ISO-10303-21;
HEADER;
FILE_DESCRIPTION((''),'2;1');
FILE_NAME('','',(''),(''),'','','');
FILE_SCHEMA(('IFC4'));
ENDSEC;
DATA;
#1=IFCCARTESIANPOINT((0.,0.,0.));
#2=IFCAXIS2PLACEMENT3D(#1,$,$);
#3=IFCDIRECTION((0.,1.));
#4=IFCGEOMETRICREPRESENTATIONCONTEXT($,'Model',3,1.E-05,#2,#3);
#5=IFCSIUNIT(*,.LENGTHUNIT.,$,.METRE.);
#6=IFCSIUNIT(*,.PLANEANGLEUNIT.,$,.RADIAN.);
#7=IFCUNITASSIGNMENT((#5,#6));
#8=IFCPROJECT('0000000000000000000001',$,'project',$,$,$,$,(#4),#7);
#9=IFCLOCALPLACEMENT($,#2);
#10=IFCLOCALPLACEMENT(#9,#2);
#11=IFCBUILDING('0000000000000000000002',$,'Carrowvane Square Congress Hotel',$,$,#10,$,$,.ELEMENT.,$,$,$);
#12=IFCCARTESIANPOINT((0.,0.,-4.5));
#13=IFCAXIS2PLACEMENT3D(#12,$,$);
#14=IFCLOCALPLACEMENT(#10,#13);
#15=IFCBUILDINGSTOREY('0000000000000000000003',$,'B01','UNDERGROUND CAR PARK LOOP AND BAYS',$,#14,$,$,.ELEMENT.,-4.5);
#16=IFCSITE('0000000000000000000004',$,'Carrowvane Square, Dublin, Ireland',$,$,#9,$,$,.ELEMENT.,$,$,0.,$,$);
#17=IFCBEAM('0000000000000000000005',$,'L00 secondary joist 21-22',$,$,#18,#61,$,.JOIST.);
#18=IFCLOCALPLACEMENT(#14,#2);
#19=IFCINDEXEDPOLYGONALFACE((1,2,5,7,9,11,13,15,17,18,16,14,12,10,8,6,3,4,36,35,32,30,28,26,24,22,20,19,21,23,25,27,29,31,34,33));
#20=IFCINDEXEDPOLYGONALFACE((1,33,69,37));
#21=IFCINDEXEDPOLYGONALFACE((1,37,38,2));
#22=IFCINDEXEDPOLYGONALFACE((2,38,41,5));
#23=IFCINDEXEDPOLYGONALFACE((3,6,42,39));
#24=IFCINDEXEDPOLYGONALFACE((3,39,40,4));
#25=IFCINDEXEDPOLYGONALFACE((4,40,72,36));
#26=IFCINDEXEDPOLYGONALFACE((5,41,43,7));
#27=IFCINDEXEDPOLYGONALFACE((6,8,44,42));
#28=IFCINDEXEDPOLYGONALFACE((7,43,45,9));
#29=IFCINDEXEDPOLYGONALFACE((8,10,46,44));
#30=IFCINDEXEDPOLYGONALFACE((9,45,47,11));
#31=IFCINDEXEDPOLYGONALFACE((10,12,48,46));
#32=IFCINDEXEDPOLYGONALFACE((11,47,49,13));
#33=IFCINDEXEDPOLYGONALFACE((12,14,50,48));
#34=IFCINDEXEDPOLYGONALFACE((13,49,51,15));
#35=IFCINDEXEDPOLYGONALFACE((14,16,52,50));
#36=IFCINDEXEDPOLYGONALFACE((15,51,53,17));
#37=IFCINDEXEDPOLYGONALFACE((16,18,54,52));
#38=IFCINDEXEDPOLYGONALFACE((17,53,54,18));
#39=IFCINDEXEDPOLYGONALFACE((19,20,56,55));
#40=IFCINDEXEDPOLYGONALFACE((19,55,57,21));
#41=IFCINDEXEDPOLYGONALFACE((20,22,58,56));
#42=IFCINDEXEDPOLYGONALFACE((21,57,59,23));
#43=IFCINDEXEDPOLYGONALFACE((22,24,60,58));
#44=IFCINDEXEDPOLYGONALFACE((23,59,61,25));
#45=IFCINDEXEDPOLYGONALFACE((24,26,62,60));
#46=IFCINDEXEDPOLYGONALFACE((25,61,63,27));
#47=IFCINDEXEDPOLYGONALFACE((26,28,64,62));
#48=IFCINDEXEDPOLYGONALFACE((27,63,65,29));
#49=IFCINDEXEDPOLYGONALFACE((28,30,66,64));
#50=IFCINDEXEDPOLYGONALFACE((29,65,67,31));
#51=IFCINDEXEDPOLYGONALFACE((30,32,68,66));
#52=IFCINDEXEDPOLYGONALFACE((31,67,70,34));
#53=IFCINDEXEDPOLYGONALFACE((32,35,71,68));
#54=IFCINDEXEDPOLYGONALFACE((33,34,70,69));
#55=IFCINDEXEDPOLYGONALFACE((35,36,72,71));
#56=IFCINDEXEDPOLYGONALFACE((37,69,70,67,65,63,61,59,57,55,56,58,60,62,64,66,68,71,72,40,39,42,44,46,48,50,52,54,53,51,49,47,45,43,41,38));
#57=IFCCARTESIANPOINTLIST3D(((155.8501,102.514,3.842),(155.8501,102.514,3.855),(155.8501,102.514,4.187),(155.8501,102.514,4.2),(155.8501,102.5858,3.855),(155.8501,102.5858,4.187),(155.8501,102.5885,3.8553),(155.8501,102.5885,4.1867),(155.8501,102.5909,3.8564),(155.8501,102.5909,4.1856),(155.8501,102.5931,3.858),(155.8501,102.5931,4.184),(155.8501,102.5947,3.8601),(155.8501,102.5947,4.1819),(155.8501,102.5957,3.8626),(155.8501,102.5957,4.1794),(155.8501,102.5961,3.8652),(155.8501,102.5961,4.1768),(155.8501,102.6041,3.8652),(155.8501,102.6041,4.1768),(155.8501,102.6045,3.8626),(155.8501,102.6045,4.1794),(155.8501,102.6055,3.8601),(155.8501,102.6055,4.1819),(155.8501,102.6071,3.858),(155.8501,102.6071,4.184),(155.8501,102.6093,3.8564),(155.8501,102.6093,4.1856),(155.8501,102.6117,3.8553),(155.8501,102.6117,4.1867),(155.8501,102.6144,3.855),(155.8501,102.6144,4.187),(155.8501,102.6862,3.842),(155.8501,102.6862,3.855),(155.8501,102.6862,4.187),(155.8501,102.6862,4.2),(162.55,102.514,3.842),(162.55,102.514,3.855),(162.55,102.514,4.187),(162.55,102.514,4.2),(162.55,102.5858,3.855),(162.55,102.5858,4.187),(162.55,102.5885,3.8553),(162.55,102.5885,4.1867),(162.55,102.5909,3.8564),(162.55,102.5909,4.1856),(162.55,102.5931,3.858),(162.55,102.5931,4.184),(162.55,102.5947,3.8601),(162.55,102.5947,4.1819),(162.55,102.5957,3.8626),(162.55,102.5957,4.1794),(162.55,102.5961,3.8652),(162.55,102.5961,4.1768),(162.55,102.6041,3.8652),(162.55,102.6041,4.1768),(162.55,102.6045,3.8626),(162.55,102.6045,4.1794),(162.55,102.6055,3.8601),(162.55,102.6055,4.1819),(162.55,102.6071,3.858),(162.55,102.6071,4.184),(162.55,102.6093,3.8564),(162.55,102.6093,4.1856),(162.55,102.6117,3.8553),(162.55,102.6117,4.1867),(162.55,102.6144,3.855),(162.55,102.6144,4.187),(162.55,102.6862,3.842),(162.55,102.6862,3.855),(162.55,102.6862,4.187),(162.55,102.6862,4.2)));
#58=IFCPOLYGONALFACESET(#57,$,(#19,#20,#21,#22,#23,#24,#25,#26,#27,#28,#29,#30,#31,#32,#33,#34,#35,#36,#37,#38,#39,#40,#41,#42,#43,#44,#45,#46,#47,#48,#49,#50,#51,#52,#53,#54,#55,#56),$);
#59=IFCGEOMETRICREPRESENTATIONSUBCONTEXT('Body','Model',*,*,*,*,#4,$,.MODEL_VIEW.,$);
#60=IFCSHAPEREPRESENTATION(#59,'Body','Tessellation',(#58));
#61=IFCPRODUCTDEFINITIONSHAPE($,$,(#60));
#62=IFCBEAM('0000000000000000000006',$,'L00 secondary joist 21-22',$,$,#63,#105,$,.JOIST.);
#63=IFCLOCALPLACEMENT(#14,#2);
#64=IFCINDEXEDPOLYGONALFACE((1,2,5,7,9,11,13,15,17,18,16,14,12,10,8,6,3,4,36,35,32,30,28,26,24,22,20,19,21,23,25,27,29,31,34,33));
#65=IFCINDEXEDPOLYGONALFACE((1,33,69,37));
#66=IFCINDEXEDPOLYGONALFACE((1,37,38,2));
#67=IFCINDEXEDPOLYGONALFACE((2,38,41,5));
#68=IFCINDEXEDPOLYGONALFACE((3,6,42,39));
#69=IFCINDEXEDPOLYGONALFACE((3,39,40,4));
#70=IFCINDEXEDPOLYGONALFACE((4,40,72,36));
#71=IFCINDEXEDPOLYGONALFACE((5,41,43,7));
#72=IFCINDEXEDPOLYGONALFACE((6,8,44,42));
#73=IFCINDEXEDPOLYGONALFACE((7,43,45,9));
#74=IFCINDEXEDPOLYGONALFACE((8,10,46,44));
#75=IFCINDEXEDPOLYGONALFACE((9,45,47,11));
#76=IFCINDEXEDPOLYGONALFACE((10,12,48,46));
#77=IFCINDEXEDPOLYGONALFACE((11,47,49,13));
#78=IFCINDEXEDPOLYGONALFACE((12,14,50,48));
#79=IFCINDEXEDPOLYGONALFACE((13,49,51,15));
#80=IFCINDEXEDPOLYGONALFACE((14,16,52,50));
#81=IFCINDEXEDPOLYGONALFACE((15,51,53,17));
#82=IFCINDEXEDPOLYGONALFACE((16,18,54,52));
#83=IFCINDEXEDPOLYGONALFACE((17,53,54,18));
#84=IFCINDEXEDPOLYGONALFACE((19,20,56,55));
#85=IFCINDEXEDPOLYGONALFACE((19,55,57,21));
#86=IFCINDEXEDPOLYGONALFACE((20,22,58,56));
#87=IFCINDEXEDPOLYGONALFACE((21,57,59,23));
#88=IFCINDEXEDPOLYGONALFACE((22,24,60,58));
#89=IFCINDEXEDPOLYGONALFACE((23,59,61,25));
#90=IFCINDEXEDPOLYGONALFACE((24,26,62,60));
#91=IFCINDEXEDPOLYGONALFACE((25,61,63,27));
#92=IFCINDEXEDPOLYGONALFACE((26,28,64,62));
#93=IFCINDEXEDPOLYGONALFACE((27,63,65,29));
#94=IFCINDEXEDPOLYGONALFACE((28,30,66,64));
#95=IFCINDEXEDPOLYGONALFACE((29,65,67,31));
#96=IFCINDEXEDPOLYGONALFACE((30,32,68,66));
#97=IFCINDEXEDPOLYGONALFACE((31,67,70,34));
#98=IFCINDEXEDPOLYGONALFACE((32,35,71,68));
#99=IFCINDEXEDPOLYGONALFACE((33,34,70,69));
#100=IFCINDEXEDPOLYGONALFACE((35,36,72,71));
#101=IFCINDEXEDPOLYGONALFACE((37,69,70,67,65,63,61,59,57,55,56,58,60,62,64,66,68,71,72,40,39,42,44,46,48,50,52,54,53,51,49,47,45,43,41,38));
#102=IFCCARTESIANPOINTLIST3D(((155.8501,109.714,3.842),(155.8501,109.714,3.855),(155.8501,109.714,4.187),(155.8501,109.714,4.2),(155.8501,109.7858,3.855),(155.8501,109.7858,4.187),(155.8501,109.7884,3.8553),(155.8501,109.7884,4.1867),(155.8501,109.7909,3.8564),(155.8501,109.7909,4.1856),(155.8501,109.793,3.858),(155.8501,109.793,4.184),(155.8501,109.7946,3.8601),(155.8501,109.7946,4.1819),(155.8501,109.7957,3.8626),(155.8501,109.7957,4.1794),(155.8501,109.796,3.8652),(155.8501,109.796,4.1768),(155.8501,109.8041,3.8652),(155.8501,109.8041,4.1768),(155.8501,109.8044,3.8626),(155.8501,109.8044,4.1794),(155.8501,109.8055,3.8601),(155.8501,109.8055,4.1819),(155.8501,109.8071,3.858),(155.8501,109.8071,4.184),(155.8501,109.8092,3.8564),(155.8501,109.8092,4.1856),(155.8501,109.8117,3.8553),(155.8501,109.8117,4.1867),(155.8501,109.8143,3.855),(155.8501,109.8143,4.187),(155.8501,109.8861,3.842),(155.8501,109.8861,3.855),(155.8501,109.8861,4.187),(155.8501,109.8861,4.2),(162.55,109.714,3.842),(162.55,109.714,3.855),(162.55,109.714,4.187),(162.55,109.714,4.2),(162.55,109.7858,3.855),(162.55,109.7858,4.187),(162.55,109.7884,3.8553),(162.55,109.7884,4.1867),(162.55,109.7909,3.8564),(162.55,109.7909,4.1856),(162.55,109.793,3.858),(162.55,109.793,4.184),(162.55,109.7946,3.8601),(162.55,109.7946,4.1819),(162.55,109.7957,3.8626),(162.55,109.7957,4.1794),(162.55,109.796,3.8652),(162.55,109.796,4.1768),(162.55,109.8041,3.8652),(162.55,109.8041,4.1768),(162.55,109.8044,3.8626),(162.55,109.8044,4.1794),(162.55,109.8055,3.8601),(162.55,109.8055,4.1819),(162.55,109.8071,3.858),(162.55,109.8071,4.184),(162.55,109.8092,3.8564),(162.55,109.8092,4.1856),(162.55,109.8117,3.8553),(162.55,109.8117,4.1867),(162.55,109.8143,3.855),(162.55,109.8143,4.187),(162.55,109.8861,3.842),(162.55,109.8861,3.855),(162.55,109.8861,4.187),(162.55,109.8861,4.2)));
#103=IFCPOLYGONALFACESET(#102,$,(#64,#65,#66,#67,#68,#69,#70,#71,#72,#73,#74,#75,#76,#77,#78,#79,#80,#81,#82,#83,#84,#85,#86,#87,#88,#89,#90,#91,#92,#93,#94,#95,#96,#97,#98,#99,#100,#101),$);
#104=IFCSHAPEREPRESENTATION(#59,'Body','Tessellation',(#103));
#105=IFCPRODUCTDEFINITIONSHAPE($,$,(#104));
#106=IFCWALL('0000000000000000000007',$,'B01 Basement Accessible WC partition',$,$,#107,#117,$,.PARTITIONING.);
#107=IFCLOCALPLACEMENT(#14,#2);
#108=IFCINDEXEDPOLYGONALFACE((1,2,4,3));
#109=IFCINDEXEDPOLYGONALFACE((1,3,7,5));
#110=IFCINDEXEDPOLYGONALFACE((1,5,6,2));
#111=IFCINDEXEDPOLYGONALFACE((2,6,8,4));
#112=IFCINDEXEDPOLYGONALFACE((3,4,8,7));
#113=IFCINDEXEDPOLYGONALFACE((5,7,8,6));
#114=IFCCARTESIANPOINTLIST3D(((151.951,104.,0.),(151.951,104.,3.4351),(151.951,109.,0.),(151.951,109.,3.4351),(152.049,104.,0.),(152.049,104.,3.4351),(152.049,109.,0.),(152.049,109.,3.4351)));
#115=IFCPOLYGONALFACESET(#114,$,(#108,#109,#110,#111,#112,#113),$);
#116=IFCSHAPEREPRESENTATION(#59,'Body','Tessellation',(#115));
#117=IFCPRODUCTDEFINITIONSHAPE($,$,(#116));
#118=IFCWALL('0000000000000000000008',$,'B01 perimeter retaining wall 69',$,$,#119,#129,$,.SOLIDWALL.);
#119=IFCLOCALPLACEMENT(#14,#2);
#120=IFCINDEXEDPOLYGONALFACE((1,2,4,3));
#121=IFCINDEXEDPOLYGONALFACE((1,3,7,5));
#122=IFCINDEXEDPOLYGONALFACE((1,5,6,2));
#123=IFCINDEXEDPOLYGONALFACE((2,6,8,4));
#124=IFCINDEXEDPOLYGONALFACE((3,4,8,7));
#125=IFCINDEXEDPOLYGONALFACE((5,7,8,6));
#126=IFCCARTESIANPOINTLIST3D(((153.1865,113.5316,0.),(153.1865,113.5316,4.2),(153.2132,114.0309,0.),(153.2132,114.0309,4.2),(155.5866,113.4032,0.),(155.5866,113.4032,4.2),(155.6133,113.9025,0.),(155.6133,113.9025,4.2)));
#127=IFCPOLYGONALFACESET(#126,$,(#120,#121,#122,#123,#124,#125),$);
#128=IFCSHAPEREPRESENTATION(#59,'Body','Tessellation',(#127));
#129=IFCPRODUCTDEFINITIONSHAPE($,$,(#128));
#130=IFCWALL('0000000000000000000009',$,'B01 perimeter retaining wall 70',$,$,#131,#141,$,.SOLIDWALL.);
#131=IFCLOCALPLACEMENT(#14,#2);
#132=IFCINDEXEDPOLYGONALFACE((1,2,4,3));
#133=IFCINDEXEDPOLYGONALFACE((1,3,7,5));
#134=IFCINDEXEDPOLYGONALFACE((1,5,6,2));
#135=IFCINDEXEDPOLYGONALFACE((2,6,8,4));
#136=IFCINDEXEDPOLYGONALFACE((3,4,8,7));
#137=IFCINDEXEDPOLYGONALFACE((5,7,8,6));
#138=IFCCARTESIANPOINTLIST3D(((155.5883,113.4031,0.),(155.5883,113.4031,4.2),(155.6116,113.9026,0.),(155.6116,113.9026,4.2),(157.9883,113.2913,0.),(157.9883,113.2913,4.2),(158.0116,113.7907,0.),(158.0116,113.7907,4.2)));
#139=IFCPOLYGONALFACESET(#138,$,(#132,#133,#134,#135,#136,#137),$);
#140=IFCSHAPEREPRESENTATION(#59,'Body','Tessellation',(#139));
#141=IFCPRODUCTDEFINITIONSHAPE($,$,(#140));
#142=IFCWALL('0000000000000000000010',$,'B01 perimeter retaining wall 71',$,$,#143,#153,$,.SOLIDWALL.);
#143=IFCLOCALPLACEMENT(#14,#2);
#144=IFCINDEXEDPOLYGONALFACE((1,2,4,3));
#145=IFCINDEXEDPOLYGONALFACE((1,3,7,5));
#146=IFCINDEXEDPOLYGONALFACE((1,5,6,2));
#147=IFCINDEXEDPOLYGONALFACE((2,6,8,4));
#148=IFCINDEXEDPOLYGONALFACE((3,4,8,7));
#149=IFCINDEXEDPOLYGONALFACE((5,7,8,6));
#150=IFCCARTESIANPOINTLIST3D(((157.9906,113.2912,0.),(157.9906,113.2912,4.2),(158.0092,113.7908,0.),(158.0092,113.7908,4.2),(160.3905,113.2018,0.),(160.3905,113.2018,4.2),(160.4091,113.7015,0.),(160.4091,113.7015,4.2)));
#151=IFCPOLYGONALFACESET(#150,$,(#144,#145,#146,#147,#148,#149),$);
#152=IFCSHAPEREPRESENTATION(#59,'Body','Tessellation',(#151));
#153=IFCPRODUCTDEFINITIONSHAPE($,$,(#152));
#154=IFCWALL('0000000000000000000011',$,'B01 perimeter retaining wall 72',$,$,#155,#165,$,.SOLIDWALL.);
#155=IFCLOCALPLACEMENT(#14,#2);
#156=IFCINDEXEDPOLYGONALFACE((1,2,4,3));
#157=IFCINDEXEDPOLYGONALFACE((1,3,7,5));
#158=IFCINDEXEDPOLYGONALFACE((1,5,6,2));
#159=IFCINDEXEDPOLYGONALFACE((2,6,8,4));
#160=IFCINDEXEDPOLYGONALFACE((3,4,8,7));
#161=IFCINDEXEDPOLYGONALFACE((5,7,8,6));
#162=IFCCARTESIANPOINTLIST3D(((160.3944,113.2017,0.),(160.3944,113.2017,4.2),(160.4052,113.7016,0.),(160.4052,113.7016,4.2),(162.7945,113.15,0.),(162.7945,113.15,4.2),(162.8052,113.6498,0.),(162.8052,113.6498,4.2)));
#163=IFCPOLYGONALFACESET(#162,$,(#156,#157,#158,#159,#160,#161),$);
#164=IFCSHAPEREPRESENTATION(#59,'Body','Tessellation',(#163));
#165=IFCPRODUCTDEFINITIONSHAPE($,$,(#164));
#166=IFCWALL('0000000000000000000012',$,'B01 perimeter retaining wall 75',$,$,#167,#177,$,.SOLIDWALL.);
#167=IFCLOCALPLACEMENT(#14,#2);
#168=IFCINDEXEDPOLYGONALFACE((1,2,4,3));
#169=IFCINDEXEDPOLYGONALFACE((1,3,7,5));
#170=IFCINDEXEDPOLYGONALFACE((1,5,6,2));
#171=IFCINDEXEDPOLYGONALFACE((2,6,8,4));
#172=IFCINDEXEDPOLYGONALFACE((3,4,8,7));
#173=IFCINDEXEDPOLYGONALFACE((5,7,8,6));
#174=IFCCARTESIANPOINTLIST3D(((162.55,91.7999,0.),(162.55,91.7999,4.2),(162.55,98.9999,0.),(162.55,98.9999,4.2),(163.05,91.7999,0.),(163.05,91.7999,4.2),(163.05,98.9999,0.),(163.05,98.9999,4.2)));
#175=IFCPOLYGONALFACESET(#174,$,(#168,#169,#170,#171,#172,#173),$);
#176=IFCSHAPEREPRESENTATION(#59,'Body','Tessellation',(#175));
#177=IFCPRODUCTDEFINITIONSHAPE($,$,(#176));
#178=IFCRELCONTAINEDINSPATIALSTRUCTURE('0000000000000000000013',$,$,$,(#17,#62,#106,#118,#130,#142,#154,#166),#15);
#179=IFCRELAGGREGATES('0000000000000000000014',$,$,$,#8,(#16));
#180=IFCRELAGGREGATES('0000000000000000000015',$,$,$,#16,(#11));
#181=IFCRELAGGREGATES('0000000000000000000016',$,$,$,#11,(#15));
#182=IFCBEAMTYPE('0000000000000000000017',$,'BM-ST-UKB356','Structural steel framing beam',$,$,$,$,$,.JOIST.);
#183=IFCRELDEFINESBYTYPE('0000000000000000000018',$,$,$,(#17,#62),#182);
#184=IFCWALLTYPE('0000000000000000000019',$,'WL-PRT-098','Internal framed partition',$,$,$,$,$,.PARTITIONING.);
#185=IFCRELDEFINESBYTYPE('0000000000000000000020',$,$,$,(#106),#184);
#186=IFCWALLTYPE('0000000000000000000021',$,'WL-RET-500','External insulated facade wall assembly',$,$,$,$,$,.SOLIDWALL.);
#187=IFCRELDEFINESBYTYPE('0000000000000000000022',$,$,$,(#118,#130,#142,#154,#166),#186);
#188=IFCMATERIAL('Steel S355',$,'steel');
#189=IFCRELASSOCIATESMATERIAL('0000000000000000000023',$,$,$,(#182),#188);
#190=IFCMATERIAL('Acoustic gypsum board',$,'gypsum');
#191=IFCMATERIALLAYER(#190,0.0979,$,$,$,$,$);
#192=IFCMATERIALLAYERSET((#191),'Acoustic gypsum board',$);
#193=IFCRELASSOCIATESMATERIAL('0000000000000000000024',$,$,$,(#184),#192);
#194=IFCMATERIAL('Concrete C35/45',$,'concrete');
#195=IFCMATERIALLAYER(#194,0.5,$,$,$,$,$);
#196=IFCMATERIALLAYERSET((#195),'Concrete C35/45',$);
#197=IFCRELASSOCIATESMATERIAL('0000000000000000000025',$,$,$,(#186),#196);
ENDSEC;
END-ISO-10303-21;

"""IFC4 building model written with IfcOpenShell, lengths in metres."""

from ifc_helpers import new_model, si_unit, direction, frame, frame_2d, origin, origin_2d, place, context, subcontext, project, spatial, rectangle, i_section, extrude, material, layer, layer_set, material_profile, profile_set, type_object, element, save


model = new_model("IFC4")

# Units and contexts
model_context = context("Model", 3, precision=1e-05, world=origin(), true_north=direction((0.0, 1.0)))
body_context = subcontext(model_context, "Body", "Model", "MODEL_VIEW")
ifc_project = project(units=[si_unit("LENGTHUNIT", "METRE"), si_unit("PLANEANGLEUNIT", "RADIAN")], contexts=[model_context])

# Site, building, storey
site_placement = place(None, origin())
site = spatial("IfcSite", under=ifc_project, at=site_placement, Name="Carrowvane Square, Dublin, Ireland", CompositionType="ELEMENT", RefElevation=0.0)
building_placement = place(site_placement, origin())
building = spatial("IfcBuilding", under=site, at=building_placement, Name="Carrowvane Square Congress Hotel", CompositionType="ELEMENT")
storey_placement = place(building_placement, frame((0.0, 0.0, -4.5)))
storey = spatial("IfcBuildingStorey", under=building, at=storey_placement, Name="B01", Description="UNDERGROUND CAR PARK LOOP AND BAYS", CompositionType="ELEMENT", Elevation=-4.5)

# Beams
ifc_material_1 = material(Name="Steel S355", Category="steel")
ifc_material_profile_1 = material_profile(ifc_material_1, i_section(OverallWidth=0.1721, OverallDepth=0.3579, WebThickness=0.0081, FlangeThickness=0.0129, FilletRadius=0.0103, at=origin_2d()), Name="UKB 356x171x57")
ifc_profile_set_1 = profile_set([ifc_material_profile_1], Name="Steel S355")
beam_type_1 = type_object("IfcBeamType", Name="BM-ST-UKB356", Description="Structural steel framing beam", PredefinedType="JOIST", material=ifc_profile_set_1)
for number, where, z_axis, x_axis, name in (
    (1, (155.8501, 102.6001, 4.021), (1.0, 0.0, 0.0), (0.0, 1.0, 0.0), "L00 secondary joist 21-22"),
    (2, (155.8501, 109.8, 4.021), (1.0, 0.0, 0.0), (0.0, 1.0, 0.0), "L00 secondary joist 21-22"),
):
    element("IfcBeam", number, at=place(storey_placement, frame(where, z_axis=z_axis, x_axis=x_axis)), inside=storey, type_object=beam_type_1, Name=name, PredefinedType="JOIST", context=body_context, shape_type="SweptSolid", body=[
        extrude(i_section(OverallWidth=0.1721, OverallDepth=0.3579, WebThickness=0.0081, FlangeThickness=0.0129, FilletRadius=0.0103, at=origin_2d()), origin(), (0.0, 0.0, 1.0), 6.7),
    ])

# Walls
ifc_material_2 = material(Name="Acoustic gypsum board", Category="gypsum")
ifc_layer_1 = layer(ifc_material_2, 0.0979)
ifc_layer_set_1 = layer_set([ifc_layer_1], Name="Acoustic gypsum board")
wall_type_1 = type_object("IfcWallType", Name="WL-PRT-098", Description="Internal framed partition", PredefinedType="PARTITIONING", material=ifc_layer_set_1)
wall_1_placement = place(storey_placement, frame((152.0, 109.0, 0.0), z_axis=(0.0, 0.0, 1.0), x_axis=(0.0, -1.0, 0.0)))
element("IfcWall", 3, at=wall_1_placement, inside=storey, type_object=wall_type_1, Name="B01 Basement Accessible WC partition", PredefinedType="PARTITIONING", context=body_context, shape_type="SweptSolid", body=[
    extrude(rectangle(XDim=5.0, YDim=0.0979, at=frame_2d((2.5, 0.0))), origin(), (0.0, 0.0, 1.0), 3.4351),
])
ifc_material_3 = material(Name="Concrete C35/45", Category="concrete")
ifc_layer_2 = layer(ifc_material_3, 0.5)
ifc_layer_set_2 = layer_set([ifc_layer_2], Name="Concrete C35/45")
wall_type_2 = type_object("IfcWallType", Name="WL-RET-500", Description="External insulated facade wall assembly", PredefinedType="SOLIDWALL", material=ifc_layer_set_2)
wall_2_placement = place(storey_placement, frame((153.2, 113.7812, 0.0), z_axis=(0.0, 0.0, 1.0), x_axis=(0.998572, -0.053428, 0.0)))
element("IfcWall", 4, at=wall_2_placement, inside=storey, type_object=wall_type_2, Name="B01 perimeter retaining wall 69", PredefinedType="SOLIDWALL", context=body_context, shape_type="SweptSolid", body=[
    extrude(rectangle(XDim=2.4036, YDim=0.5, at=frame_2d((1.2017, 0.0))), origin(), (0.0, 0.0, 1.0), 4.2),
])
wall_3_placement = place(storey_placement, frame((155.6001, 113.6528, 0.0), z_axis=(0.0, 0.0, 1.0), x_axis=(0.998916, -0.046542, 0.0)))
element("IfcWall", 5, at=wall_3_placement, inside=storey, type_object=wall_type_2, Name="B01 perimeter retaining wall 70", PredefinedType="SOLIDWALL", context=body_context, shape_type="SweptSolid", body=[
    extrude(rectangle(XDim=2.4026, YDim=0.5, at=frame_2d((1.2012, 0.0))), origin(), (0.0, 0.0, 1.0), 4.2),
])
wall_4_placement = place(storey_placement, frame((158.0, 113.541, 0.0), z_axis=(0.0, 0.0, 1.0), x_axis=(0.999308, -0.037207, 0.0)))
element("IfcWall", 6, at=wall_4_placement, inside=storey, type_object=wall_type_2, Name="B01 perimeter retaining wall 71", PredefinedType="SOLIDWALL", context=body_context, shape_type="SweptSolid", body=[
    extrude(rectangle(XDim=2.4016, YDim=0.5, at=frame_2d((1.2007, 0.0))), origin(), (0.0, 0.0, 1.0), 4.2),
])
wall_5_placement = place(storey_placement, frame((160.3999, 113.4517, 0.0), z_axis=(0.0, 0.0, 1.0), x_axis=(0.999768, -0.021559, 0.0)))
element("IfcWall", 7, at=wall_5_placement, inside=storey, type_object=wall_type_2, Name="B01 perimeter retaining wall 72", PredefinedType="SOLIDWALL", context=body_context, shape_type="SweptSolid", body=[
    extrude(rectangle(XDim=2.4006, YDim=0.5, at=frame_2d((1.2002, 0.0))), origin(), (0.0, 0.0, 1.0), 4.2),
])
wall_6_placement = place(storey_placement, frame((162.8, 99.0, 0.0), z_axis=(0.0, 0.0, 1.0), x_axis=(0.0, -1.0, 0.0)))
element("IfcWall", 8, at=wall_6_placement, inside=storey, type_object=wall_type_2, Name="B01 perimeter retaining wall 75", PredefinedType="SOLIDWALL", context=body_context, shape_type="SweptSolid", body=[
    extrude(rectangle(XDim=7.2, YDim=0.5, at=frame_2d((3.6001, 0.0))), origin(), (0.0, 0.0, 1.0), 4.2),
])

save(model, "model.ifc")
